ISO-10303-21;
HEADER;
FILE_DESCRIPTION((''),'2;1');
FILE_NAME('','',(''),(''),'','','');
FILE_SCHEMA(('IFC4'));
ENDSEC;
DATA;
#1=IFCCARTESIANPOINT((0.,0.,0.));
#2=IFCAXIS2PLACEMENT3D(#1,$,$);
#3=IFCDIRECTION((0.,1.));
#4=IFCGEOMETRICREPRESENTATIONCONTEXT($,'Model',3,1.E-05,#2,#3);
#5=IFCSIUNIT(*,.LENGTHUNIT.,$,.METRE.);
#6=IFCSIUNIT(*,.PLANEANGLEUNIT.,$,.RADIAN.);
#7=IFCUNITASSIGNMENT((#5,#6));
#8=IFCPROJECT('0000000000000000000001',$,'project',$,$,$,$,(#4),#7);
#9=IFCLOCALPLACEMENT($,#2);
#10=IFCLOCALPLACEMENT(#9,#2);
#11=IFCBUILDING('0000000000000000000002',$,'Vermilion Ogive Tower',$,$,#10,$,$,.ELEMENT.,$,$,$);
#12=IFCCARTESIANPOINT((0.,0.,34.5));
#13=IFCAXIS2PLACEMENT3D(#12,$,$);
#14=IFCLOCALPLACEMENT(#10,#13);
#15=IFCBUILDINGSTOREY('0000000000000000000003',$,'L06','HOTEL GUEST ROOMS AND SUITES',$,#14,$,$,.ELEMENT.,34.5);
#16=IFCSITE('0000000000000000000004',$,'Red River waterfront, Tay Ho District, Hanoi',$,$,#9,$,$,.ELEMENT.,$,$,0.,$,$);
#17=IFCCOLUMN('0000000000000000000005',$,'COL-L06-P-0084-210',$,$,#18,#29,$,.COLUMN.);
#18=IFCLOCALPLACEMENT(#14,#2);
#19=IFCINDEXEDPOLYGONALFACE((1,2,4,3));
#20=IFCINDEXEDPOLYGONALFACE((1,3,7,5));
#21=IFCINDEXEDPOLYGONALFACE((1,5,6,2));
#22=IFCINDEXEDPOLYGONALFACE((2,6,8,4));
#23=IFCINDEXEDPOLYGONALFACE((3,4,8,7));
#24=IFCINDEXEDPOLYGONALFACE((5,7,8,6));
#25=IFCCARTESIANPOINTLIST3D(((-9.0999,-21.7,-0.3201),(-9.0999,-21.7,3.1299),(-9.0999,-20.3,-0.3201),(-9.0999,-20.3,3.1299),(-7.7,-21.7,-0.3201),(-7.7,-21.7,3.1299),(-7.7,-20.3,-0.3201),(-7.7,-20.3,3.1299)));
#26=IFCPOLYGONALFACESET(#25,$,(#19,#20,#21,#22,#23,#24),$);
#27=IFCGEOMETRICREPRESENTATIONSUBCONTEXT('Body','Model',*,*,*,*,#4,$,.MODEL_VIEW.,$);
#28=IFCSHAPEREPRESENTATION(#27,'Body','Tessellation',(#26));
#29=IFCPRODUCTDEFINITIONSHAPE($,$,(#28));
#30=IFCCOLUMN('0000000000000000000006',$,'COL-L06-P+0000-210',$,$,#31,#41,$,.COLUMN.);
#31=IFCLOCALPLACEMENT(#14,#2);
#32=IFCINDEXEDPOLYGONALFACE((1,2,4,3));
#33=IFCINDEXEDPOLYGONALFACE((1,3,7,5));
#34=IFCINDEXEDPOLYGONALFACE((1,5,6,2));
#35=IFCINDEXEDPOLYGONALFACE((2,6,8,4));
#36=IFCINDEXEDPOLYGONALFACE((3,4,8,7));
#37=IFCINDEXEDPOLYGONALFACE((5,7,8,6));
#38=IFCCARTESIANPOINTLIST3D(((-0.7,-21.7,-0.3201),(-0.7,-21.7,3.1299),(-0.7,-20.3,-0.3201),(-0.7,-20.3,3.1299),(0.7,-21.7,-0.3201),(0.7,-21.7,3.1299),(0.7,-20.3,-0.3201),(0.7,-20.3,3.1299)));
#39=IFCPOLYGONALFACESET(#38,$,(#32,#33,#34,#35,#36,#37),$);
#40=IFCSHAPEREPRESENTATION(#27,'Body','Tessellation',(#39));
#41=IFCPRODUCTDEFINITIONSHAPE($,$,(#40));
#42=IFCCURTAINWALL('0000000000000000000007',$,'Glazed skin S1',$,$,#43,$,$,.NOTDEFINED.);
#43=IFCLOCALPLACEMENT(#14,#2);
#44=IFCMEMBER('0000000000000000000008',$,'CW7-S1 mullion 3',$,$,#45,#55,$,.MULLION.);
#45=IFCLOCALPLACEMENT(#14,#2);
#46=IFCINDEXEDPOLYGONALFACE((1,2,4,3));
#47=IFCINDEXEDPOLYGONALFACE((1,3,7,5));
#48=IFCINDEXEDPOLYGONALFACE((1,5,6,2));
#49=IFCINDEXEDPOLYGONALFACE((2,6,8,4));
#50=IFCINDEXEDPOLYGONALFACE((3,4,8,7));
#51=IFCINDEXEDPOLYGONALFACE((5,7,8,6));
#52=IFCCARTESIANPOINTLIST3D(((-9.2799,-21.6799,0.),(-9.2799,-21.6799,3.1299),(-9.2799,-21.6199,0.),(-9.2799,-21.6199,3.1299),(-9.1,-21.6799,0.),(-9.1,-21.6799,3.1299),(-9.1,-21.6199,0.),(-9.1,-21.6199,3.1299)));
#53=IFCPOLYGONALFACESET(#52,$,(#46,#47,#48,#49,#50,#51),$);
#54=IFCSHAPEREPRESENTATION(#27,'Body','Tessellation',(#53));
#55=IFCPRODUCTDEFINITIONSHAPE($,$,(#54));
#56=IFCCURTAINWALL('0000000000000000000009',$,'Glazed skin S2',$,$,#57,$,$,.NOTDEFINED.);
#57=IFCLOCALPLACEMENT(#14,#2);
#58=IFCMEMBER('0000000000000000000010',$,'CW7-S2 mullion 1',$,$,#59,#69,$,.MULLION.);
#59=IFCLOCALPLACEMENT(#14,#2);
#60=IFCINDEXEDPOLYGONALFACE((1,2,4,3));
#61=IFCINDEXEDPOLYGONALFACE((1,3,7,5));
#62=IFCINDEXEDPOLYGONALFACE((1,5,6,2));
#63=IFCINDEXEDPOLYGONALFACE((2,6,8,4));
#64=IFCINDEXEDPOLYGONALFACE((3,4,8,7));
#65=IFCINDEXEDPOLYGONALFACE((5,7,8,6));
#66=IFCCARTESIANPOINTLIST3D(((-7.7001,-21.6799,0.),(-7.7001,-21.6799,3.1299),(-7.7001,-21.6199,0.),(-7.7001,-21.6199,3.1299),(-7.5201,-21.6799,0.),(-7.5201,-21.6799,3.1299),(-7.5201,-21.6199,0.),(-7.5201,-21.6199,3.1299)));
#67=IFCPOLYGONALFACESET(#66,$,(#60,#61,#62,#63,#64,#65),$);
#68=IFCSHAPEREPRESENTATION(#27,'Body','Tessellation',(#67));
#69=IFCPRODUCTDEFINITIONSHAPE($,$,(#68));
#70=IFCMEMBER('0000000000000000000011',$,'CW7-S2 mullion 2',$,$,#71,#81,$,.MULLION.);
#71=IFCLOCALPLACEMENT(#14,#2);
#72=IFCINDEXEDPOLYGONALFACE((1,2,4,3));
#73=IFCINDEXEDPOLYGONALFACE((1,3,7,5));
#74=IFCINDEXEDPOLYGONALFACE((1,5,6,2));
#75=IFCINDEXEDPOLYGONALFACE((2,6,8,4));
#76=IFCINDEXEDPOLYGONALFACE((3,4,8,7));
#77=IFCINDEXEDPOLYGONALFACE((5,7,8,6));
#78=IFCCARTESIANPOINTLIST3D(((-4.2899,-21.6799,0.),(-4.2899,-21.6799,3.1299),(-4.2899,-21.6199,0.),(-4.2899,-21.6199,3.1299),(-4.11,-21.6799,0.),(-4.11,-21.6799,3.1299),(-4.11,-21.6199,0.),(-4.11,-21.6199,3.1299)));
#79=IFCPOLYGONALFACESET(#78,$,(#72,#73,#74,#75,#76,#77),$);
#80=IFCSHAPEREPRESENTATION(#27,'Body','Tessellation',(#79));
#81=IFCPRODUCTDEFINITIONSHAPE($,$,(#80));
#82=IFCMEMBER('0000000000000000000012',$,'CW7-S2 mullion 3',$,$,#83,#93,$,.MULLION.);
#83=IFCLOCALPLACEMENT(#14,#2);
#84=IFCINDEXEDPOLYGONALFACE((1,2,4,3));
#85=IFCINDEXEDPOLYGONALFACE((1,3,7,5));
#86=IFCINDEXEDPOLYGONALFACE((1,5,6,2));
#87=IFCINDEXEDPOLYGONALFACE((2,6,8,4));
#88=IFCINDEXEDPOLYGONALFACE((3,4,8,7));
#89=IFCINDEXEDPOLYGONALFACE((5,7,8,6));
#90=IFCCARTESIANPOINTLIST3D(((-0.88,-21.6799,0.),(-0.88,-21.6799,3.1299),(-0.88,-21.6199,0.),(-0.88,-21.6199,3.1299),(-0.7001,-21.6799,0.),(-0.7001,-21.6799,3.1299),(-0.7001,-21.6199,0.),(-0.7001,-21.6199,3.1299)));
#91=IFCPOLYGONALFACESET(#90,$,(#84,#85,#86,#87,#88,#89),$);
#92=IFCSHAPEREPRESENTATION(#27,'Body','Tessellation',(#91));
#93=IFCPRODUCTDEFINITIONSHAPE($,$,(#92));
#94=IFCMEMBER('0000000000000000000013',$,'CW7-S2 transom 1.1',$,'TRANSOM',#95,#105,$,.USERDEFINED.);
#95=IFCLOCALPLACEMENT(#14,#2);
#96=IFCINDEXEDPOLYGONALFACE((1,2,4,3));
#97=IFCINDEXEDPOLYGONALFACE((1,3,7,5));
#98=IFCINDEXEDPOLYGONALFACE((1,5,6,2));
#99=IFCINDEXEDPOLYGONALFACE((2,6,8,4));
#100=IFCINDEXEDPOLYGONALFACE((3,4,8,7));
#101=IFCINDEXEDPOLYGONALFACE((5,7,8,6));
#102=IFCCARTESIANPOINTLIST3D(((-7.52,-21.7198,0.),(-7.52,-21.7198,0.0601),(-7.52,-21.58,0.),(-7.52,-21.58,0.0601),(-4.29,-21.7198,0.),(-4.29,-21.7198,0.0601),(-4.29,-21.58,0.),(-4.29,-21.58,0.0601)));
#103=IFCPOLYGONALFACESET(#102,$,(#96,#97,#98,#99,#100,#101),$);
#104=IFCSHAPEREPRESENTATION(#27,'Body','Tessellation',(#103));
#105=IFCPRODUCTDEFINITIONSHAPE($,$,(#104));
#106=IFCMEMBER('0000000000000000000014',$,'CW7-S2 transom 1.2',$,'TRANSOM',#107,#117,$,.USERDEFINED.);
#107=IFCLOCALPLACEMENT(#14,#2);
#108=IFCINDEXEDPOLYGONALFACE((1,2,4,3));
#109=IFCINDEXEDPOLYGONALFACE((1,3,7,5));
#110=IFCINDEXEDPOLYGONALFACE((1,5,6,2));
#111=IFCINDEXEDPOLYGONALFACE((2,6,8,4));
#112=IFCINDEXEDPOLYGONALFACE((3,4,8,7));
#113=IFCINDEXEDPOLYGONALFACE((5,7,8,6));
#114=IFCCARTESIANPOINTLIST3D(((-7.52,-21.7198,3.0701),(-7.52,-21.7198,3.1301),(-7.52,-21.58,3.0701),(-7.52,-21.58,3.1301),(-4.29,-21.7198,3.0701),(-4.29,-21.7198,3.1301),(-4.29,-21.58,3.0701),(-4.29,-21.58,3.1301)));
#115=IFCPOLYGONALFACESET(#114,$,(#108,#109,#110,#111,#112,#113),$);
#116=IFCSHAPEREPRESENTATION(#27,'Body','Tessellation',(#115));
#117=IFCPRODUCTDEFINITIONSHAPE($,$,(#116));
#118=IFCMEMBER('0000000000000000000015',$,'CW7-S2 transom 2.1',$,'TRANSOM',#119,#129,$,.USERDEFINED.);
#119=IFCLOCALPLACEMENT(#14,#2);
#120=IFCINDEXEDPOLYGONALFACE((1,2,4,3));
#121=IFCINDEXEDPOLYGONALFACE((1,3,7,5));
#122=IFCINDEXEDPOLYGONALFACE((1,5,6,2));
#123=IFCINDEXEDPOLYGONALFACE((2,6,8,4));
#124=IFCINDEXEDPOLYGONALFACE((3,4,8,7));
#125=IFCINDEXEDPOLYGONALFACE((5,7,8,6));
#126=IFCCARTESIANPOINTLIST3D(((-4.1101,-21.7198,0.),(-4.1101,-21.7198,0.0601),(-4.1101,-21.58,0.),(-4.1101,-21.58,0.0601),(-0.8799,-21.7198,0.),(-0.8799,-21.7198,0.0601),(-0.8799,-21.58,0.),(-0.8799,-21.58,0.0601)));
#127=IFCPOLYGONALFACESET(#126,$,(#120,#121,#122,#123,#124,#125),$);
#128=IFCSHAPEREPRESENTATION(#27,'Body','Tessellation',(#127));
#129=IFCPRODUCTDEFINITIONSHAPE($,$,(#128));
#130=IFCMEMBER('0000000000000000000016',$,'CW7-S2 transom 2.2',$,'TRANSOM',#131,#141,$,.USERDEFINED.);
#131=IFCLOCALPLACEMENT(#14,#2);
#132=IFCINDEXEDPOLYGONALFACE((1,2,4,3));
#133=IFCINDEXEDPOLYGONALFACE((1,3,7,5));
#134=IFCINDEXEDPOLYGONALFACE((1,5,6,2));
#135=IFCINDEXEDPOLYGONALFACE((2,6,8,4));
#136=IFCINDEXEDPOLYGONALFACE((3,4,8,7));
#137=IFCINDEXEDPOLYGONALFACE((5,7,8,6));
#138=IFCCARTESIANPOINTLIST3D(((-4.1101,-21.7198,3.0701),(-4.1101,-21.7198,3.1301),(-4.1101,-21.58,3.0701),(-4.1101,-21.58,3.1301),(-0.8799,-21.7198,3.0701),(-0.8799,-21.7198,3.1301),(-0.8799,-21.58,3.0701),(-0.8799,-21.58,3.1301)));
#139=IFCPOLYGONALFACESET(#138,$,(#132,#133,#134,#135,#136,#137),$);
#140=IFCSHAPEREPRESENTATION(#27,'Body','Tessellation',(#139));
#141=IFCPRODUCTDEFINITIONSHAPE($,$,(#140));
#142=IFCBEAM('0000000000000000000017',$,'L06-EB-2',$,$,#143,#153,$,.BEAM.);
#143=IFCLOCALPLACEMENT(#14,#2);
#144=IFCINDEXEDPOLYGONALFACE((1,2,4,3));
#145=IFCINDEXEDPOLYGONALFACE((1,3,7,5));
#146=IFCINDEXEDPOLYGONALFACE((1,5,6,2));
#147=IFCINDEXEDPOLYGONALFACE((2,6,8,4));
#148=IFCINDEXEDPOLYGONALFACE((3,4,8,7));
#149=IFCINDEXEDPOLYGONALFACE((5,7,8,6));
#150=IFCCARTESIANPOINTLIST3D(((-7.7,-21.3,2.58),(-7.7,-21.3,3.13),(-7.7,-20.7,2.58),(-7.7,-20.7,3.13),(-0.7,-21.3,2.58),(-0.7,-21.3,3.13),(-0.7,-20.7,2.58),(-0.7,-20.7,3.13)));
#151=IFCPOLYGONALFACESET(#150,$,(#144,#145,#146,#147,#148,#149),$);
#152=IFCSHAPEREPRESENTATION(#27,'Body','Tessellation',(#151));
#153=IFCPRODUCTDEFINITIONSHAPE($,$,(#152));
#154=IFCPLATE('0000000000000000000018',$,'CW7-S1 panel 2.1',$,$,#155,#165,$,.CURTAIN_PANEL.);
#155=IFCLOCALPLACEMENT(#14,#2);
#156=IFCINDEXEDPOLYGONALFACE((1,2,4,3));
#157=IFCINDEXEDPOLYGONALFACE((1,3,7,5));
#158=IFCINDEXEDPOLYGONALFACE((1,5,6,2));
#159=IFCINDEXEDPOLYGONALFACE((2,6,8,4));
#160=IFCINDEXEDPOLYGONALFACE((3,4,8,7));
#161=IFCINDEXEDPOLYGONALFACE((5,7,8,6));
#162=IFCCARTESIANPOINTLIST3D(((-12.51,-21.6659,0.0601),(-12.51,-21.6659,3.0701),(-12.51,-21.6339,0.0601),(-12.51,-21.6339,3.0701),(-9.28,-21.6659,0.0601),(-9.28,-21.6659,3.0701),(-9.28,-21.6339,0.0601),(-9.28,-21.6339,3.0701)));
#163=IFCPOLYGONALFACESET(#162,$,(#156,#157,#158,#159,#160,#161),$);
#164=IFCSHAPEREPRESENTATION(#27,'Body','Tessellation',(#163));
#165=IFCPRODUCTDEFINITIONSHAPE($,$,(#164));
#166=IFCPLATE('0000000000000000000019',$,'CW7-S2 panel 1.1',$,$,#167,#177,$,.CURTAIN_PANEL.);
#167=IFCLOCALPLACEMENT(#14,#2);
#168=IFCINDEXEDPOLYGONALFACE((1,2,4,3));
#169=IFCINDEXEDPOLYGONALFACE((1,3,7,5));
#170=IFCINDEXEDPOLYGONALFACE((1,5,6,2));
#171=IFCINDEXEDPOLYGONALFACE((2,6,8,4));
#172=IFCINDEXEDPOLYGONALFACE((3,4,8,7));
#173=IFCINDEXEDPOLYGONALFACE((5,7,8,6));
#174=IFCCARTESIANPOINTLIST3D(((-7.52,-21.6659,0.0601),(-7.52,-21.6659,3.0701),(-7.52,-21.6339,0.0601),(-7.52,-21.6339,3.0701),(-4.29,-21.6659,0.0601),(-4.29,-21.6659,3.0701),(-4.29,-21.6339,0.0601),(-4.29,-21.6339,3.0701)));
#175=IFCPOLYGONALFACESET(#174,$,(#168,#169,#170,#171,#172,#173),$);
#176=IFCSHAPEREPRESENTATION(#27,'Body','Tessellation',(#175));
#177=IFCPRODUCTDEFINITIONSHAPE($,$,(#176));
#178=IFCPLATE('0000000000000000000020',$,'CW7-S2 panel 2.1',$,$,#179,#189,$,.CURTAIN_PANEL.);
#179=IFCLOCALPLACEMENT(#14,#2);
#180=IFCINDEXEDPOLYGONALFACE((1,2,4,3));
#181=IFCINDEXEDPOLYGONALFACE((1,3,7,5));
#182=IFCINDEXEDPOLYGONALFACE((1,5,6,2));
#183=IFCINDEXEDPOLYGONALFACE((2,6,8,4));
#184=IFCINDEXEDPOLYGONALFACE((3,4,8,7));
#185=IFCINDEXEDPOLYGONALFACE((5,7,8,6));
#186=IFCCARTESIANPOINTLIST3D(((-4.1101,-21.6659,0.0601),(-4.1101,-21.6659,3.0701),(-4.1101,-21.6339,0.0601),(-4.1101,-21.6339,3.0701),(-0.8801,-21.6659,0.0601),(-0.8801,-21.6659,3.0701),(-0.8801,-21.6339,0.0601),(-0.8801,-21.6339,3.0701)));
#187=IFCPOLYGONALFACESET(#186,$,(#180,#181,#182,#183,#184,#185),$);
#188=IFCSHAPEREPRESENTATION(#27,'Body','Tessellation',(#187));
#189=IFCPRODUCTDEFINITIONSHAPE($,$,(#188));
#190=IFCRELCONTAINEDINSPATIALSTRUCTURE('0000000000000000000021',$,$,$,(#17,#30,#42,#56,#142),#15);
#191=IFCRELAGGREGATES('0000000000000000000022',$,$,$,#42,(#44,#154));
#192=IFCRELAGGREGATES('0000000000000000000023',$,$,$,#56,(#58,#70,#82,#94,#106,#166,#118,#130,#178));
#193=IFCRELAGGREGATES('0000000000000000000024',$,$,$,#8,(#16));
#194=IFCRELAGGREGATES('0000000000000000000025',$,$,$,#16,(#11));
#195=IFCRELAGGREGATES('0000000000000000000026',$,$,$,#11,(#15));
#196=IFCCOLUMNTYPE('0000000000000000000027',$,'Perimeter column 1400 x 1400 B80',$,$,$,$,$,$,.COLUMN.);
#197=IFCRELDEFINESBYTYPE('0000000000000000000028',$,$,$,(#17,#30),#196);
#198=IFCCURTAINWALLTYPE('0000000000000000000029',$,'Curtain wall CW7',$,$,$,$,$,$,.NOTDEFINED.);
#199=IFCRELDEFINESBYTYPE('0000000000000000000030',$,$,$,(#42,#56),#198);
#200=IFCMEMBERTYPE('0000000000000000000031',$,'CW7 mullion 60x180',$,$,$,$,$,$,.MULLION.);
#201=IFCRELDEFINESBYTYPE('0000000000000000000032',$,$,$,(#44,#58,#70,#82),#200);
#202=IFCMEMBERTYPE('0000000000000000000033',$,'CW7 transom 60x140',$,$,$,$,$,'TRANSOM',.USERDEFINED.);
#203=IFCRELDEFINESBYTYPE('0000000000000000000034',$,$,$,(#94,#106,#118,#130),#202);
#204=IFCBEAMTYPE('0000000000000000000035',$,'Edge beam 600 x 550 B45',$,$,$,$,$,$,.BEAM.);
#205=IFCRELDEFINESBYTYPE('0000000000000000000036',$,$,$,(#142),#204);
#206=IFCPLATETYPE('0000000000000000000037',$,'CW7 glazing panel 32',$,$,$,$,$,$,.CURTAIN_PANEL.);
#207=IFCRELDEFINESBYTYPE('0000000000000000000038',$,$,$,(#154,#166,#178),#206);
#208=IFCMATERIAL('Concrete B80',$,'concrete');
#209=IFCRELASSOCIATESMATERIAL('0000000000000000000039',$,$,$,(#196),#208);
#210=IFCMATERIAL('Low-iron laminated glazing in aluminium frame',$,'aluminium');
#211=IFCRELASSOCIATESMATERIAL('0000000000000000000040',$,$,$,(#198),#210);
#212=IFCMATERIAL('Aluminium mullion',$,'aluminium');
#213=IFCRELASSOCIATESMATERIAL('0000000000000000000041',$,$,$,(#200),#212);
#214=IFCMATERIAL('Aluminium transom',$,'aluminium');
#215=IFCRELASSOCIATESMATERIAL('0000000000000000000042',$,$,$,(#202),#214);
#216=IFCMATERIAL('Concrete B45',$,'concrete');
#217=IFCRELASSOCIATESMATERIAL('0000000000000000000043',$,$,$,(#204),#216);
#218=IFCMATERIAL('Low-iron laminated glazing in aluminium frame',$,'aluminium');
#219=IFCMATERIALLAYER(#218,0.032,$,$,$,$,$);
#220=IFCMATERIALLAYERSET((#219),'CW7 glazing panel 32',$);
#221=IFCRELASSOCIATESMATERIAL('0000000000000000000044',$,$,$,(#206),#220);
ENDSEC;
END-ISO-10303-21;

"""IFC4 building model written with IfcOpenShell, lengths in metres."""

from ifc_helpers import new_model, si_unit, direction, frame, origin, origin_2d, place, context, subcontext, project, spatial, rectangle, extrude, material, layer, layer_set, material_profile, profile_set, type_object, element, aggregate, save


model = new_model("IFC4")

# Units and contexts
model_context = context("Model", 3, precision=1e-05, world=origin(), true_north=direction((0.0, 1.0)))
body_context = subcontext(model_context, "Body", "Model", "MODEL_VIEW")
ifc_project = project(units=[si_unit("LENGTHUNIT", "METRE"), si_unit("PLANEANGLEUNIT", "RADIAN")], contexts=[model_context])

# Site, building, storey
site_placement = place(None, origin())
site = spatial("IfcSite", under=ifc_project, at=site_placement, Name="Red River waterfront, Tay Ho District, Hanoi", CompositionType="ELEMENT", RefElevation=0.0)
building_placement = place(site_placement, origin())
building = spatial("IfcBuilding", under=site, at=building_placement, Name="Vermilion Ogive Tower", CompositionType="ELEMENT")
storey_placement = place(building_placement, frame((0.0, 0.0, 34.5)))
storey = spatial("IfcBuildingStorey", under=building, at=storey_placement, Name="L06", Description="HOTEL GUEST ROOMS AND SUITES", CompositionType="ELEMENT", Elevation=34.5)

# Columns
ifc_material_1 = material(Name="Concrete B80", Category="concrete")
ifc_material_profile_1 = material_profile(ifc_material_1, rectangle(XDim=1.3999, YDim=1.3999, at=origin_2d()), Name="1400 x 1400")
ifc_profile_set_1 = profile_set([ifc_material_profile_1], Name="Concrete B80")
column_type = type_object("IfcColumnType", Name="Perimeter column 1400 x 1400 B80", PredefinedType="COLUMN", material=ifc_profile_set_1)
for number, where, z_axis, x_axis, name in (
    (1, (-8.3999, -21.0, -0.3201), (0.0, 0.0, 1.0), (1.0, 0.0, 0.0), "COL-L06-P-0084-210"),
    (2, (0.0, -21.0, -0.3201), (0.0, 0.0, 1.0), (1.0, 0.0, 0.0), "COL-L06-P+0000-210"),
):
    element("IfcColumn", number, at=place(storey_placement, frame(where, z_axis=z_axis, x_axis=x_axis)), inside=storey, type_object=column_type, Name=name, PredefinedType="COLUMN", context=body_context, shape_type="SweptSolid", body=[
        extrude(rectangle(XDim=1.3999, YDim=1.3999, at=origin_2d()), origin(), (0.0, 0.0, 1.0), 3.45),
    ])

# Curtain wall, member
ifc_material_2 = material(Name="Low-iron laminated glazing in aluminium frame", Category="aluminium")
curtain_wall_type = type_object("IfcCurtainWallType", Name="Curtain wall CW7", PredefinedType="NOTDEFINED", material=ifc_material_2)
curtain_wall_1_placement = place(storey_placement, origin())
curtain_wall_1 = element("IfcCurtainWall", 3, at=curtain_wall_1_placement, inside=storey, type_object=curtain_wall_type, Name="Glazed skin S1", PredefinedType="NOTDEFINED")
ifc_material_3 = material(Name="Aluminium mullion", Category="aluminium")
ifc_material_profile_2 = material_profile(ifc_material_3, rectangle(XDim=0.0601, YDim=0.1799, at=origin_2d()), Name="AL 60x180")
ifc_profile_set_2 = profile_set([ifc_material_profile_2], Name="Aluminium mullion")
member_type_1 = type_object("IfcMemberType", Name="CW7 mullion 60x180", PredefinedType="MULLION", material=ifc_profile_set_2)
member_1_placement = place(storey_placement, frame((-9.1899, -21.6499, 0.0), z_axis=(0.0, 0.0, 1.0), x_axis=(0.0, 1.0, 0.0)))
member_1 = element("IfcMember", 4, at=member_1_placement, type_object=member_type_1, Name="CW7-S1 mullion 3", PredefinedType="MULLION", context=body_context, shape_type="SweptSolid", body=[
    extrude(rectangle(XDim=0.0601, YDim=0.1799, at=origin_2d()), origin(), (0.0, 0.0, 1.0), 3.1299),
])

# Curtain wall, members
curtain_wall_2_placement = place(storey_placement, origin())
curtain_wall_2 = element("IfcCurtainWall", 5, at=curtain_wall_2_placement, inside=storey, type_object=curtain_wall_type, Name="Glazed skin S2", PredefinedType="NOTDEFINED")
member_2_placement = place(storey_placement, frame((-7.6101, -21.6499, 0.0), z_axis=(0.0, 0.0, 1.0), x_axis=(0.0, 1.0, 0.0)))
member_2 = element("IfcMember", 6, at=member_2_placement, type_object=member_type_1, Name="CW7-S2 mullion 1", PredefinedType="MULLION", context=body_context, shape_type="SweptSolid", body=[
    extrude(rectangle(XDim=0.0601, YDim=0.1799, at=origin_2d()), origin(), (0.0, 0.0, 1.0), 3.1299),
])
member_3_placement = place(storey_placement, frame((-4.2, -21.6499, 0.0), z_axis=(0.0, 0.0, 1.0), x_axis=(0.0, 1.0, 0.0)))
member_3 = element("IfcMember", 7, at=member_3_placement, type_object=member_type_1, Name="CW7-S2 mullion 2", PredefinedType="MULLION", context=body_context, shape_type="SweptSolid", body=[
    extrude(rectangle(XDim=0.0601, YDim=0.1799, at=origin_2d()), origin(), (0.0, 0.0, 1.0), 3.1299),
])
member_4_placement = place(storey_placement, frame((-0.79, -21.6499, 0.0), z_axis=(0.0, 0.0, 1.0), x_axis=(0.0, 1.0, 0.0)))
member_4 = element("IfcMember", 8, at=member_4_placement, type_object=member_type_1, Name="CW7-S2 mullion 3", PredefinedType="MULLION", context=body_context, shape_type="SweptSolid", body=[
    extrude(rectangle(XDim=0.0601, YDim=0.1799, at=origin_2d()), origin(), (0.0, 0.0, 1.0), 3.1299),
])
ifc_material_4 = material(Name="Aluminium transom", Category="aluminium")
ifc_material_profile_3 = material_profile(ifc_material_4, rectangle(XDim=0.1399, YDim=0.0601, at=origin_2d()), Name="AL 60x140")
ifc_profile_set_3 = profile_set([ifc_material_profile_3], Name="Aluminium transom")
member_type_2 = type_object("IfcMemberType", Name="CW7 transom 60x140", ElementType="TRANSOM", PredefinedType="USERDEFINED", material=ifc_profile_set_3)
member_5_placement = place(storey_placement, frame((-7.52, -21.6499, 0.03), z_axis=(1.0, 0.0, 0.0), x_axis=(0.0, 1.0, 0.0)))
member_5 = element("IfcMember", 9, at=member_5_placement, type_object=member_type_2, Name="CW7-S2 transom 1.1", ObjectType="TRANSOM", PredefinedType="USERDEFINED", context=body_context, shape_type="SweptSolid", body=[
    extrude(rectangle(XDim=0.1399, YDim=0.0601, at=origin_2d()), origin(), (0.0, 0.0, 1.0), 3.23),
])
member_6_placement = place(storey_placement, frame((-7.52, -21.6499, 3.1001), z_axis=(1.0, 0.0, 0.0), x_axis=(0.0, 1.0, 0.0)))
member_6 = element("IfcMember", 10, at=member_6_placement, type_object=member_type_2, Name="CW7-S2 transom 1.2", ObjectType="TRANSOM", PredefinedType="USERDEFINED", context=body_context, shape_type="SweptSolid", body=[
    extrude(rectangle(XDim=0.1399, YDim=0.0601, at=origin_2d()), origin(), (0.0, 0.0, 1.0), 3.23),
])
member_7_placement = place(storey_placement, frame((-4.1101, -21.6499, 0.03), z_axis=(1.0, 0.0, 0.0), x_axis=(0.0, 1.0, 0.0)))
member_7 = element("IfcMember", 11, at=member_7_placement, type_object=member_type_2, Name="CW7-S2 transom 2.1", ObjectType="TRANSOM", PredefinedType="USERDEFINED", context=body_context, shape_type="SweptSolid", body=[
    extrude(rectangle(XDim=0.1399, YDim=0.0601, at=origin_2d()), origin(), (0.0, 0.0, 1.0), 3.2302),
])
member_8_placement = place(storey_placement, frame((-4.1101, -21.6499, 3.1001), z_axis=(1.0, 0.0, 0.0), x_axis=(0.0, 1.0, 0.0)))
member_8 = element("IfcMember", 12, at=member_8_placement, type_object=member_type_2, Name="CW7-S2 transom 2.2", ObjectType="TRANSOM", PredefinedType="USERDEFINED", context=body_context, shape_type="SweptSolid", body=[
    extrude(rectangle(XDim=0.1399, YDim=0.0601, at=origin_2d()), origin(), (0.0, 0.0, 1.0), 3.2302),
])

# Beam
ifc_material_5 = material(Name="Concrete B45", Category="concrete")
ifc_material_profile_4 = material_profile(ifc_material_5, rectangle(XDim=0.6001, YDim=0.55, at=origin_2d()), Name="600 x 550")
ifc_profile_set_4 = profile_set([ifc_material_profile_4], Name="Concrete B45")
beam_type = type_object("IfcBeamType", Name="Edge beam 600 x 550 B45", PredefinedType="BEAM", material=ifc_profile_set_4)
beam_placement = place(storey_placement, frame((-7.7, -21.0, 2.855), z_axis=(1.0, 0.0, 0.0), x_axis=(0.0, 1.0, 0.0)))
element("IfcBeam", 13, at=beam_placement, inside=storey, type_object=beam_type, Name="L06-EB-2", PredefinedType="BEAM", context=body_context, shape_type="SweptSolid", body=[
    extrude(rectangle(XDim=0.6001, YDim=0.55, at=origin_2d()), origin(), (0.0, 0.0, 1.0), 7.0),
])

# Plates
ifc_material_6 = material(Name="Low-iron laminated glazing in aluminium frame", Category="aluminium")
ifc_layer_1 = layer(ifc_material_6, 0.032)
ifc_layer_set_1 = layer_set([ifc_layer_1], Name="CW7 glazing panel 32")
plate_type = type_object("IfcPlateType", Name="CW7 glazing panel 32", PredefinedType="CURTAIN_PANEL", material=ifc_layer_set_1)
plate_1_placement = place(storey_placement, frame((-10.895, -21.6499, 0.0601), z_axis=(0.0, 0.0, 1.0), x_axis=(1.0, 0.0, 0.0)))
plate_1 = element("IfcPlate", 14, at=plate_1_placement, type_object=plate_type, Name="CW7-S1 panel 2.1", PredefinedType="CURTAIN_PANEL", context=body_context, shape_type="SweptSolid", body=[
    extrude(rectangle(XDim=3.23, YDim=0.032, at=origin_2d()), origin(), (0.0, 0.0, 1.0), 3.01),
])
aggregate(curtain_wall_1, [member_1, plate_1])
plate_2_placement = place(storey_placement, frame((-5.905, -21.6499, 0.0601), z_axis=(0.0, 0.0, 1.0), x_axis=(1.0, 0.0, 0.0)))
plate_2 = element("IfcPlate", 15, at=plate_2_placement, type_object=plate_type, Name="CW7-S2 panel 1.1", PredefinedType="CURTAIN_PANEL", context=body_context, shape_type="SweptSolid", body=[
    extrude(rectangle(XDim=3.23, YDim=0.032, at=origin_2d()), origin(), (0.0, 0.0, 1.0), 3.01),
])
plate_3_placement = place(storey_placement, frame((-2.4951, -21.6499, 0.0601), z_axis=(0.0, 0.0, 1.0), x_axis=(1.0, 0.0, 0.0)))
plate_3 = element("IfcPlate", 16, at=plate_3_placement, type_object=plate_type, Name="CW7-S2 panel 2.1", PredefinedType="CURTAIN_PANEL", context=body_context, shape_type="SweptSolid", body=[
    extrude(rectangle(XDim=3.23, YDim=0.032, at=origin_2d()), origin(), (0.0, 0.0, 1.0), 3.01),
])
aggregate(curtain_wall_2, [member_2, member_3, member_4, member_5, member_6, plate_2, member_7, member_8, plate_3])

save(model, "model.ifc")
